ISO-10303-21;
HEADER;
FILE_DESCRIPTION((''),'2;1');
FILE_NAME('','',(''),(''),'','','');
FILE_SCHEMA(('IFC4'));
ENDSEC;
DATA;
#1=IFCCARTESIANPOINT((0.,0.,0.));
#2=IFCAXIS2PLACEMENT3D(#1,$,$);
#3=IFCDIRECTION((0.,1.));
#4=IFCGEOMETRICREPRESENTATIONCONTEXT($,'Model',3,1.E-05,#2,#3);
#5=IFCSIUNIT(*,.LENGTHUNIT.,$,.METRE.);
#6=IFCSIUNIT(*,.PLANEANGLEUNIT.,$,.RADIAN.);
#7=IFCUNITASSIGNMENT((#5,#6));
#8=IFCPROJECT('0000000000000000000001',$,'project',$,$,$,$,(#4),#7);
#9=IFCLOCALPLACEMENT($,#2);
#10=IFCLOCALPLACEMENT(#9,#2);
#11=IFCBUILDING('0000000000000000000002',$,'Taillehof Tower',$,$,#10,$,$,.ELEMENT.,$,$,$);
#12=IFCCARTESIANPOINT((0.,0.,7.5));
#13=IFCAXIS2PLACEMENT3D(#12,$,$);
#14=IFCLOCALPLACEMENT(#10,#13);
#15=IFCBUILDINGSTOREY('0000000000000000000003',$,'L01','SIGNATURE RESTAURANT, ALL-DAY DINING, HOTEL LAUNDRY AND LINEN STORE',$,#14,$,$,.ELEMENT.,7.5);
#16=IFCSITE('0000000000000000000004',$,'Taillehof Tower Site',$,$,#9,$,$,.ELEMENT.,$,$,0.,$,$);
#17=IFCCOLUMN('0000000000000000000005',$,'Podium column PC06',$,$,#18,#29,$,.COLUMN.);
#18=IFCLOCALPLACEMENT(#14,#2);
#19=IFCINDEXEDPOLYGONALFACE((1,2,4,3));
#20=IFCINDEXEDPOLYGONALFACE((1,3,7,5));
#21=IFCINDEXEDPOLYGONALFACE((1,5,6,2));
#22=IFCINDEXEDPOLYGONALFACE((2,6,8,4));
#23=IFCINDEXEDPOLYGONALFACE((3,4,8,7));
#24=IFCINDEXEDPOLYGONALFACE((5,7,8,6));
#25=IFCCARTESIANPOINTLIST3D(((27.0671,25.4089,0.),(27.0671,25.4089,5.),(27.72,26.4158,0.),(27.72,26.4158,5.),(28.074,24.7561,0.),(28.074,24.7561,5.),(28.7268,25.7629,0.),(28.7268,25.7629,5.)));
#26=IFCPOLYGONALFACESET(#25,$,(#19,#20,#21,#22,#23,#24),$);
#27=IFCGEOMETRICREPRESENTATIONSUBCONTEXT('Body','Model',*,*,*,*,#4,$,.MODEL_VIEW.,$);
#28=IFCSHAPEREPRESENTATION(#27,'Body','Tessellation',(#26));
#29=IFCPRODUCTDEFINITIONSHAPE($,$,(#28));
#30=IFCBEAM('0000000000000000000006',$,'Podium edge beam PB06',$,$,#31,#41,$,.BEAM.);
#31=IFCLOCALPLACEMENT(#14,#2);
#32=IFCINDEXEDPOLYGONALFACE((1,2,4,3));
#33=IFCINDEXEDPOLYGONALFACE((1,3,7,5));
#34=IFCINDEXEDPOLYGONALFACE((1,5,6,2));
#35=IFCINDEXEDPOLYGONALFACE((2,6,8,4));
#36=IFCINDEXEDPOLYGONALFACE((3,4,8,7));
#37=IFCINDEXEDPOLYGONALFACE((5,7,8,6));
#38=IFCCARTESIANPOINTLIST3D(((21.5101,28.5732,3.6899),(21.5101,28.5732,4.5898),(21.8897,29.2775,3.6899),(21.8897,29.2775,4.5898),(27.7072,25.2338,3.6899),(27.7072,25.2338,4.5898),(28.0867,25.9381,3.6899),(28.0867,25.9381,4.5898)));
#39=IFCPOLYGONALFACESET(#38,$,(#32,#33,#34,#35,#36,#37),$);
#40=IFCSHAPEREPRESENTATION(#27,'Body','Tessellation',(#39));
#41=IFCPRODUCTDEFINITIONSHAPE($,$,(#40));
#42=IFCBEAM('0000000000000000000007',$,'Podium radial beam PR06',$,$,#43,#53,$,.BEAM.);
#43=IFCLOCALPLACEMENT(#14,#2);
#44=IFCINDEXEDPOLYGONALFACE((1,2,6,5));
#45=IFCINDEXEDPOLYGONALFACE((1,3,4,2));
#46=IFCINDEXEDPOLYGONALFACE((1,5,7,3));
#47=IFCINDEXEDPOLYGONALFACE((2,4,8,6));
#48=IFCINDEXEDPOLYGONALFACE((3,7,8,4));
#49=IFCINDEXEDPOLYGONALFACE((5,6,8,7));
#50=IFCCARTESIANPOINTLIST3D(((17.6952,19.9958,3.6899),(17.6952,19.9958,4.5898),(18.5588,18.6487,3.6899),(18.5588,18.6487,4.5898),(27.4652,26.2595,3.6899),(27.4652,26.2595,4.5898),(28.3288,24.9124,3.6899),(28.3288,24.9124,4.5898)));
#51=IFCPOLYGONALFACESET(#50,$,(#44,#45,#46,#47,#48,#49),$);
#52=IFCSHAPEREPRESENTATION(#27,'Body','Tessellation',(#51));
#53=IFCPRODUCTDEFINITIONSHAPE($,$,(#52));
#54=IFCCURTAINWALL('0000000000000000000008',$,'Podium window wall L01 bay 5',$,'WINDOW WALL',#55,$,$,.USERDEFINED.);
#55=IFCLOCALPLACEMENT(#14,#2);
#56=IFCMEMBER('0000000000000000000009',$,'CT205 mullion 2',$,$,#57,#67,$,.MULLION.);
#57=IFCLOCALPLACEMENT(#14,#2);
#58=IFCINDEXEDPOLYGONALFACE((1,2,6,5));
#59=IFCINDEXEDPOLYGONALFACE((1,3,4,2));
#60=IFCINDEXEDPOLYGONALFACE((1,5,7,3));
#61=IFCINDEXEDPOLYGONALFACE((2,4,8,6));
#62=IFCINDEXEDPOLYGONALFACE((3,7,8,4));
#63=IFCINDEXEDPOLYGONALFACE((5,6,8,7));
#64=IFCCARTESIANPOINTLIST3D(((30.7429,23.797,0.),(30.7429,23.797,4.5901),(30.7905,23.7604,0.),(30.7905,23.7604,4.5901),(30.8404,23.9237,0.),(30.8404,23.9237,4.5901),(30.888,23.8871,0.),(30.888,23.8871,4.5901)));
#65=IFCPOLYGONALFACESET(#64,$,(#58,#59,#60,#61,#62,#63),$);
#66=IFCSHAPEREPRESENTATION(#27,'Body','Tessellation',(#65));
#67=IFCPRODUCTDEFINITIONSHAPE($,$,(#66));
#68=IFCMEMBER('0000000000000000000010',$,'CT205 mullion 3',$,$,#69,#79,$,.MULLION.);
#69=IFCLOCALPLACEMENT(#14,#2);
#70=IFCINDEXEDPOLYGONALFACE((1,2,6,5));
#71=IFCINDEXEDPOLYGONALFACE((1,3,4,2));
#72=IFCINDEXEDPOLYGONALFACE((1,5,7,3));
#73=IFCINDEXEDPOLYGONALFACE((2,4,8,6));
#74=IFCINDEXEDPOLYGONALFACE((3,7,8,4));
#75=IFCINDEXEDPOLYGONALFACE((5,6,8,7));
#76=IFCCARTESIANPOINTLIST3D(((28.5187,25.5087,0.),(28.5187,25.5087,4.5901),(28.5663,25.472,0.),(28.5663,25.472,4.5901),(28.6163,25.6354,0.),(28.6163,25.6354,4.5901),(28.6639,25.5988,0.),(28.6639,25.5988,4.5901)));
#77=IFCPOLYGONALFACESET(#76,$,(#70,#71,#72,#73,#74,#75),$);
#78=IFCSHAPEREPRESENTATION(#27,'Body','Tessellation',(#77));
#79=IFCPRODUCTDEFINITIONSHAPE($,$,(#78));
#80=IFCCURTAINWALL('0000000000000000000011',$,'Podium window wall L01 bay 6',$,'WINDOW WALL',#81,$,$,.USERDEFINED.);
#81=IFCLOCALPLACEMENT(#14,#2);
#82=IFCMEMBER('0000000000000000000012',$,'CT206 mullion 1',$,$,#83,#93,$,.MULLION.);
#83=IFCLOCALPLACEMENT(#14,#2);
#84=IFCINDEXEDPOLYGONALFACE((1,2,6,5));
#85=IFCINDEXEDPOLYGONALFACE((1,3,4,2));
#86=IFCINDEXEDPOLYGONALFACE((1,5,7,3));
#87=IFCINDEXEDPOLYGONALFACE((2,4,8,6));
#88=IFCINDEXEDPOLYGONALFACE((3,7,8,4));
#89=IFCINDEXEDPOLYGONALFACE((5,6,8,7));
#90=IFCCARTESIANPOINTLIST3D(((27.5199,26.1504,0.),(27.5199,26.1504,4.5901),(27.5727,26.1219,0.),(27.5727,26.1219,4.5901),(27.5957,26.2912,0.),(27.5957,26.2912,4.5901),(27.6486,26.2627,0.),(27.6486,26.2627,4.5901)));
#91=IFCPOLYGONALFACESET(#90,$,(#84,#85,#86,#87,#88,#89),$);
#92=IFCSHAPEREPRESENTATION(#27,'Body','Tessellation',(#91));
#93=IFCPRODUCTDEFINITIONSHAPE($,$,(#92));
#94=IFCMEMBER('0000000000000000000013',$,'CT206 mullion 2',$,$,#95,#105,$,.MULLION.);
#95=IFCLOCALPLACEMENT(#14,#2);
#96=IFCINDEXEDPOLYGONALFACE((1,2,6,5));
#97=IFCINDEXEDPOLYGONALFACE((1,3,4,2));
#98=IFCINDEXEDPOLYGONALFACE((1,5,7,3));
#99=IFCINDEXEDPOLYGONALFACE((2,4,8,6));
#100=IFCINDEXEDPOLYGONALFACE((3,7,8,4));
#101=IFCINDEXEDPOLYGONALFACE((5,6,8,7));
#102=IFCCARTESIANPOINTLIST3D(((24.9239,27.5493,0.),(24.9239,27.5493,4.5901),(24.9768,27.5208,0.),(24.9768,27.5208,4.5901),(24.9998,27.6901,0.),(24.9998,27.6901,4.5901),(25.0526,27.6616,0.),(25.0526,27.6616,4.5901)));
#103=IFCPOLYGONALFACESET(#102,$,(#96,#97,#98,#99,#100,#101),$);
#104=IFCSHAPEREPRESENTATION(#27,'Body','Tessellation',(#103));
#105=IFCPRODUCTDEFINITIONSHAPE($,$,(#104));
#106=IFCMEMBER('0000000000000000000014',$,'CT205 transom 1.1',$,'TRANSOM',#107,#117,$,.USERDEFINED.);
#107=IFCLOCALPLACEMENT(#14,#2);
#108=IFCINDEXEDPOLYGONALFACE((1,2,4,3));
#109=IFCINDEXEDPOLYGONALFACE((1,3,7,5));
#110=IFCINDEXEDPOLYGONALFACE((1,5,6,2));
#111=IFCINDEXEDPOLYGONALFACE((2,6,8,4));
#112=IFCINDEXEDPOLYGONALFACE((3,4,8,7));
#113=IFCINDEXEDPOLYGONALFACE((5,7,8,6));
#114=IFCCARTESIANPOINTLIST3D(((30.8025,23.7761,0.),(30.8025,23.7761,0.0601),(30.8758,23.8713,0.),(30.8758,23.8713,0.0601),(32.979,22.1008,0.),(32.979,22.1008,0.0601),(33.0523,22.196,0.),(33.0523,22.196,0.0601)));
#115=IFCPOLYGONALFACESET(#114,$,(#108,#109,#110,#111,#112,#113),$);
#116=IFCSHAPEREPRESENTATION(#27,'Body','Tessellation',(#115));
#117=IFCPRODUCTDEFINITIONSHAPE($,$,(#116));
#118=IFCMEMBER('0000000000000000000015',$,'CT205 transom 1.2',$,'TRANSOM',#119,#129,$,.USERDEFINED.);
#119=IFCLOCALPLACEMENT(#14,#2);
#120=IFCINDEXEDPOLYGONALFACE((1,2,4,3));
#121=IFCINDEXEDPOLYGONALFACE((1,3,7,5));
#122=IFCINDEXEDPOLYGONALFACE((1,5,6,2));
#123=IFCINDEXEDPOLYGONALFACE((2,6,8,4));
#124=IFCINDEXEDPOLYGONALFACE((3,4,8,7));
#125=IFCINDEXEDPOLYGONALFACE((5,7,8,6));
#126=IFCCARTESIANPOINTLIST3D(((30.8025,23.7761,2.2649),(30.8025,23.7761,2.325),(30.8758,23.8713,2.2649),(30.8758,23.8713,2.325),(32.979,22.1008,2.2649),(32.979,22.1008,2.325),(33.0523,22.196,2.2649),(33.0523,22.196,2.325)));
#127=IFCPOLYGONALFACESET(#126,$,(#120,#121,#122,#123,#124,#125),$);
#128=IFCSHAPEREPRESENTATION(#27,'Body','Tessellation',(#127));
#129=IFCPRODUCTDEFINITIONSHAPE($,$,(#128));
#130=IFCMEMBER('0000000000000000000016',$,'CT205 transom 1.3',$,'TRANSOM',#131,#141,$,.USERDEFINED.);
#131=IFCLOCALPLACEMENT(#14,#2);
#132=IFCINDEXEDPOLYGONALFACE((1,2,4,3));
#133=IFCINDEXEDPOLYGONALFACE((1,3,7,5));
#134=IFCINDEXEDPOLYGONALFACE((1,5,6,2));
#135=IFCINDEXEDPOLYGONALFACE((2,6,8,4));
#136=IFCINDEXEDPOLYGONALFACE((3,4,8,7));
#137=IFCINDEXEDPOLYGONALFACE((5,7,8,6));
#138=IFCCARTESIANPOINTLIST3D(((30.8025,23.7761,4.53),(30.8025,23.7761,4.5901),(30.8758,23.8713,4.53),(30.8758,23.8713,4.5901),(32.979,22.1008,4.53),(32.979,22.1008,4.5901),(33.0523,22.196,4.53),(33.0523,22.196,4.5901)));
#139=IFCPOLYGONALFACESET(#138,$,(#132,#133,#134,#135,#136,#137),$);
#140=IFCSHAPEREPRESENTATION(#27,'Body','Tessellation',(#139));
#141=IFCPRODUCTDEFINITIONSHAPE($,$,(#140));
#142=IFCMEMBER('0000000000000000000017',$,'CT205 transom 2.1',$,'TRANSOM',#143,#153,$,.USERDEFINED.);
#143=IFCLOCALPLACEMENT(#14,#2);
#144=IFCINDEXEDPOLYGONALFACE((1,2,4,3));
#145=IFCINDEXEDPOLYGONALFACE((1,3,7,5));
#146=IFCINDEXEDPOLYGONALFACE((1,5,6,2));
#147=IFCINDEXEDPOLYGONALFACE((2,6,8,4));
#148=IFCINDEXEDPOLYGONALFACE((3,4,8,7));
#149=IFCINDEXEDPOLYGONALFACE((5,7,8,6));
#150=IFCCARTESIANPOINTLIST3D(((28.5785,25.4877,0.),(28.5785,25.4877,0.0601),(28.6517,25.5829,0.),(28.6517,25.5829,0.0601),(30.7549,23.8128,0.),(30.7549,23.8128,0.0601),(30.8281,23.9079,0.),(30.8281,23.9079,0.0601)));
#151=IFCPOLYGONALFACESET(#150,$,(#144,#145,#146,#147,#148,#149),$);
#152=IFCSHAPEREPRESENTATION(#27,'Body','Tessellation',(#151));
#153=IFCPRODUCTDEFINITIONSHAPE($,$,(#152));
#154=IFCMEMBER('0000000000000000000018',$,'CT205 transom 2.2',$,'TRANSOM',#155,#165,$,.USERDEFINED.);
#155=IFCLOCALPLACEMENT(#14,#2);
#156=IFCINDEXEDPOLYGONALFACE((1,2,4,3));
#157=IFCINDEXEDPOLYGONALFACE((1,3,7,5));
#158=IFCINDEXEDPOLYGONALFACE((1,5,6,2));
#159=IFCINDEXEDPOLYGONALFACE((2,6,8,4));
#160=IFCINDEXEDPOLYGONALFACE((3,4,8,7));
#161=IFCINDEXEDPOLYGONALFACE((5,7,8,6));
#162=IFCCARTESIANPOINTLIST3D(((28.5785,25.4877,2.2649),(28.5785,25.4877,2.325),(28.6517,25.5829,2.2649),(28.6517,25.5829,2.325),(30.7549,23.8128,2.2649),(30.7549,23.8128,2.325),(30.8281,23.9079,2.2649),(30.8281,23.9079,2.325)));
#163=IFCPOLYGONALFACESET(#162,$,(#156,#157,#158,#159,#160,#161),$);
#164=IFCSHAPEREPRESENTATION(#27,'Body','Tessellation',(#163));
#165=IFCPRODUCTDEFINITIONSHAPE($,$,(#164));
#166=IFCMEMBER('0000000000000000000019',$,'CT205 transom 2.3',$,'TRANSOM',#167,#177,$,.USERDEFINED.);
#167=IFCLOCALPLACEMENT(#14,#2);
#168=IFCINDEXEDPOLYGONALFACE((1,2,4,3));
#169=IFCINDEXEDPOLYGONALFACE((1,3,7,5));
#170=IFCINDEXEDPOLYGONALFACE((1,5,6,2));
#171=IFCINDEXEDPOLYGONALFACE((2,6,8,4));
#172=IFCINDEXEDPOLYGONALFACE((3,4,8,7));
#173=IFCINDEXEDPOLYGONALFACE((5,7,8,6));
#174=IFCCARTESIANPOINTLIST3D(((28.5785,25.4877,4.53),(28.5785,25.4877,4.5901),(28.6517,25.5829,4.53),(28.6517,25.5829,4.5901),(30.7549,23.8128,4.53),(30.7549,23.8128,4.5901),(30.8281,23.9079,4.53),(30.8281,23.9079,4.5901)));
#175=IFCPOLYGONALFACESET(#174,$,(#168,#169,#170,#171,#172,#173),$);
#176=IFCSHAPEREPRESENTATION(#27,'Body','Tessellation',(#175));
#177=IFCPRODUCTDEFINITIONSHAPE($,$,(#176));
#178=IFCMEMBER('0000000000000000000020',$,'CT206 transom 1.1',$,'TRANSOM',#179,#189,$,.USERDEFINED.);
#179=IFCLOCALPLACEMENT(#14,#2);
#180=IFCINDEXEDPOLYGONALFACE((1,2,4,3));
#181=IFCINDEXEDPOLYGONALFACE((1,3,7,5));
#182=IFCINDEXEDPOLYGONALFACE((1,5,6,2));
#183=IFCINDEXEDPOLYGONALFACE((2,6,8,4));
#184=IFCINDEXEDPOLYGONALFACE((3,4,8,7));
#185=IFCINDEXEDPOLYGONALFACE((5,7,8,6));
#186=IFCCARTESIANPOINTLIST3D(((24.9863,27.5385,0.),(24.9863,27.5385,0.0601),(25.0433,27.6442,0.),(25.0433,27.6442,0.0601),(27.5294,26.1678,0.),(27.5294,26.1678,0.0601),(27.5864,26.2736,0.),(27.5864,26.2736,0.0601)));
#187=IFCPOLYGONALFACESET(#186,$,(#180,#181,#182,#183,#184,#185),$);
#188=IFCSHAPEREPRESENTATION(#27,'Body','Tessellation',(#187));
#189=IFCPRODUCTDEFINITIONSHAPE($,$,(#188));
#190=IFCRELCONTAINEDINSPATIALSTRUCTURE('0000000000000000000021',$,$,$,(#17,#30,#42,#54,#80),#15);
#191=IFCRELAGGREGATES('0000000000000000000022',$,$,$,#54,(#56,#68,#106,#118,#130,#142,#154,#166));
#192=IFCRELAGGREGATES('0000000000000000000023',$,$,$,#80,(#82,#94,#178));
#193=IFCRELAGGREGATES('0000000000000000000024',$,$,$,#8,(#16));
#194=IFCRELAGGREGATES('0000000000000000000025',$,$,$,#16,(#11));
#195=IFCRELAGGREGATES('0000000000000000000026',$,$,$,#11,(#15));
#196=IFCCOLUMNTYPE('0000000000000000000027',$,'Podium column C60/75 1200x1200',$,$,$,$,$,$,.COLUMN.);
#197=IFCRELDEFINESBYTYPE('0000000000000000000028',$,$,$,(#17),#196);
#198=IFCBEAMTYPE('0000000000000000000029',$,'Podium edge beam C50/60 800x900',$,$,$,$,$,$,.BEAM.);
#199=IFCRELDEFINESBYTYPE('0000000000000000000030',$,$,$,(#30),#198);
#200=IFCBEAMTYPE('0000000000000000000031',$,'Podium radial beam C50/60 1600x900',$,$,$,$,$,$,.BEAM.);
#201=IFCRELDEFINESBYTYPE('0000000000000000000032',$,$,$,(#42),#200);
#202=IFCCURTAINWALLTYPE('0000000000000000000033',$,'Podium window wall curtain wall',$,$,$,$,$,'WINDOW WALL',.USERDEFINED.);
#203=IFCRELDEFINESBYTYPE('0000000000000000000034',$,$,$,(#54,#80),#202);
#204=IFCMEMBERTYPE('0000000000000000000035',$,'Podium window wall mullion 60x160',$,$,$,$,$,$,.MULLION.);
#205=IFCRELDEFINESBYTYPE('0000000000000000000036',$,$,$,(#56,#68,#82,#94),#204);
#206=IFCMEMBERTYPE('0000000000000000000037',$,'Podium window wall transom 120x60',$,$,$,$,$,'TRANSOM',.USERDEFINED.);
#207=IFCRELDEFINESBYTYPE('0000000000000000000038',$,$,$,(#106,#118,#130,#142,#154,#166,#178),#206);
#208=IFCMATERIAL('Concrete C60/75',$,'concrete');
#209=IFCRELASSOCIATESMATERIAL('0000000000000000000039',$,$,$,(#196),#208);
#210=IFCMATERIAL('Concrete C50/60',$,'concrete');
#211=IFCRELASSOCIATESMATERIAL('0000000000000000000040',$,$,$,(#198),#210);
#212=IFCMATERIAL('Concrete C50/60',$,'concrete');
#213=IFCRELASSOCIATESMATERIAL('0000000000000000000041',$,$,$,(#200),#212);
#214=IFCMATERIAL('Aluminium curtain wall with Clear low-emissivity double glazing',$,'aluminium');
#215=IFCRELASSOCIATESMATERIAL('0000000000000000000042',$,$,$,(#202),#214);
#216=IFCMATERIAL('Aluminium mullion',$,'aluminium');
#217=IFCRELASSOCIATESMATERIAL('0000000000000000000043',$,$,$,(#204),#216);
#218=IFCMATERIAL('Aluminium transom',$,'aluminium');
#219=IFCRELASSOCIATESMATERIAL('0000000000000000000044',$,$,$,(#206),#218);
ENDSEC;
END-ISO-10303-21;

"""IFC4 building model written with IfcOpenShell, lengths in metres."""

from ifc_helpers import new_model, si_unit, direction, frame, origin, origin_2d, place, context, subcontext, project, spatial, rectangle, extrude, material, material_profile, profile_set, type_object, element, aggregate, save


model = new_model("IFC4")

# Units and contexts
model_context = context("Model", 3, precision=1e-05, world=origin(), true_north=direction((0.0, 1.0)))
body_context = subcontext(model_context, "Body", "Model", "MODEL_VIEW")
ifc_project = project(units=[si_unit("LENGTHUNIT", "METRE"), si_unit("PLANEANGLEUNIT", "RADIAN")], contexts=[model_context])

# Site, building, storey
site_placement = place(None, origin())
site = spatial("IfcSite", under=ifc_project, at=site_placement, Name="Taillehof Tower Site", CompositionType="ELEMENT", RefElevation=0.0)
building_placement = place(site_placement, origin())
building = spatial("IfcBuilding", under=site, at=building_placement, Name="Taillehof Tower", CompositionType="ELEMENT")
storey_placement = place(building_placement, frame((0.0, 0.0, 7.5)))
storey = spatial("IfcBuildingStorey", under=building, at=storey_placement, Name="L01", Description="SIGNATURE RESTAURANT, ALL-DAY DINING, HOTEL LAUNDRY AND LINEN STORE", CompositionType="ELEMENT", Elevation=7.5)

# Column
ifc_material_1 = material(Name="Concrete C60/75", Category="concrete")
ifc_material_profile_1 = material_profile(ifc_material_1, rectangle(XDim=1.2, YDim=1.2, at=origin_2d()), Name="RC 1200x1200")
ifc_profile_set_1 = profile_set([ifc_material_profile_1], Name="Concrete C60/75")
column_type = type_object("IfcColumnType", Name="Podium column C60/75 1200x1200", PredefinedType="COLUMN", material=ifc_profile_set_1)
column_placement = place(storey_placement, frame((27.897, 25.5859, 0.0), z_axis=(0.0, 0.0, 1.0), x_axis=(0.544041, 0.839058, 0.0)))
element("IfcColumn", 1, at=column_placement, inside=storey, type_object=column_type, Name="Podium column PC06", PredefinedType="COLUMN", context=body_context, shape_type="SweptSolid", body=[
    extrude(rectangle(XDim=1.2, YDim=1.2, at=origin_2d()), origin(), (0.0, 0.0, 1.0), 5.0),
])

# Beams
ifc_material_2 = material(Name="Concrete C50/60", Category="concrete")
ifc_material_profile_2 = material_profile(ifc_material_2, rectangle(XDim=0.8, YDim=0.8999, at=origin_2d()), Name="RC 800x900")
ifc_profile_set_2 = profile_set([ifc_material_profile_2], Name="Concrete C50/60")
beam_type_1 = type_object("IfcBeamType", Name="Podium edge beam C50/60 800x900", PredefinedType="BEAM", material=ifc_profile_set_2)
beam_1_placement = place(storey_placement, frame((27.897, 25.5859, 4.1399), z_axis=(-0.880323, 0.474375, 0.0), x_axis=(-0.474375, -0.880323, 0.0)))
element("IfcBeam", 2, at=beam_1_placement, inside=storey, type_object=beam_type_1, Name="Podium edge beam PB06", PredefinedType="BEAM", context=body_context, shape_type="SweptSolid", body=[
    extrude(rectangle(XDim=0.8, YDim=0.8999, at=origin_2d()), origin(), (0.0, 0.0, 1.0), 7.0396),
])
ifc_material_3 = material(Name="Concrete C50/60", Category="concrete")
ifc_material_profile_3 = material_profile(ifc_material_3, rectangle(XDim=1.6001, YDim=0.8999, at=origin_2d()), Name="RC 1600x900")
ifc_profile_set_3 = profile_set([ifc_material_profile_3], Name="Concrete C50/60")
beam_type_2 = type_object("IfcBeamType", Name="Podium radial beam C50/60 1600x900", PredefinedType="BEAM", material=ifc_profile_set_3)
beam_2_placement = place(storey_placement, frame((27.897, 25.5859, 4.1399), z_axis=(-0.841846, -0.539717, 0.0), x_axis=(0.539717, -0.841846, 0.0)))
element("IfcBeam", 3, at=beam_2_placement, inside=storey, type_object=beam_type_2, Name="Podium radial beam PR06", PredefinedType="BEAM", context=body_context, shape_type="SweptSolid", body=[
    extrude(rectangle(XDim=1.6001, YDim=0.8999, at=origin_2d()), origin(), (0.0, 0.0, 1.0), 11.6055),
])

# Curtain walls, members
ifc_material_4 = material(Name="Aluminium curtain wall with Clear low-emissivity double glazing", Category="aluminium")
curtain_wall_type = type_object("IfcCurtainWallType", Name="Podium window wall curtain wall", ElementType="WINDOW WALL", PredefinedType="USERDEFINED", material=ifc_material_4)
curtain_wall_1_placement = place(storey_placement, origin())
curtain_wall_1 = element("IfcCurtainWall", 4, at=curtain_wall_1_placement, inside=storey, type_object=curtain_wall_type, Name="Podium window wall L01 bay 5", ObjectType="WINDOW WALL", PredefinedType="USERDEFINED")
ifc_material_5 = material(Name="Aluminium mullion", Category="aluminium")
ifc_material_profile_4 = material_profile(ifc_material_5, rectangle(XDim=0.1599, YDim=0.0601, at=origin_2d()), Name="AL 60x160")
ifc_profile_set_4 = profile_set([ifc_material_profile_4], Name="Aluminium mullion")
member_type_1 = type_object("IfcMemberType", Name="Podium window wall mullion 60x160", PredefinedType="MULLION", material=ifc_profile_set_4)
member_1_placement = place(storey_placement, frame((30.8154, 23.842, 0.0), z_axis=(0.0, 0.0, 1.0), x_axis=(-0.609932, -0.792454, 0.0)))
member_1 = element("IfcMember", 5, at=member_1_placement, type_object=member_type_1, Name="CT205 mullion 2", PredefinedType="MULLION", context=body_context, shape_type="SweptSolid", body=[
    extrude(rectangle(XDim=0.1599, YDim=0.0601, at=origin_2d()), origin(), (0.0, 0.0, 1.0), 4.5901),
])
member_2_placement = place(storey_placement, frame((28.5913, 25.5537, 0.0), z_axis=(0.0, 0.0, 1.0), x_axis=(-0.609932, -0.792454, 0.0)))
member_2 = element("IfcMember", 6, at=member_2_placement, type_object=member_type_1, Name="CT205 mullion 3", PredefinedType="MULLION", context=body_context, shape_type="SweptSolid", body=[
    extrude(rectangle(XDim=0.1599, YDim=0.0601, at=origin_2d()), origin(), (0.0, 0.0, 1.0), 4.5901),
])
curtain_wall_2_placement = place(storey_placement, origin())
curtain_wall_2 = element("IfcCurtainWall", 7, at=curtain_wall_2_placement, inside=storey, type_object=curtain_wall_type, Name="Podium window wall L01 bay 6", ObjectType="WINDOW WALL", PredefinedType="USERDEFINED")
member_3_placement = place(storey_placement, frame((27.5842, 26.2065, 0.0), z_axis=(0.0, 0.0, 1.0), x_axis=(-0.474415, -0.880301, 0.0)))
member_3 = element("IfcMember", 8, at=member_3_placement, type_object=member_type_1, Name="CT206 mullion 1", PredefinedType="MULLION", context=body_context, shape_type="SweptSolid", body=[
    extrude(rectangle(XDim=0.1599, YDim=0.0601, at=origin_2d()), origin(), (0.0, 0.0, 1.0), 4.5901),
])
member_4_placement = place(storey_placement, frame((24.9883, 27.6055, 0.0), z_axis=(0.0, 0.0, 1.0), x_axis=(-0.474415, -0.880301, 0.0)))
member_4 = element("IfcMember", 9, at=member_4_placement, type_object=member_type_1, Name="CT206 mullion 2", PredefinedType="MULLION", context=body_context, shape_type="SweptSolid", body=[
    extrude(rectangle(XDim=0.1599, YDim=0.0601, at=origin_2d()), origin(), (0.0, 0.0, 1.0), 4.5901),
])

# Members
ifc_material_6 = material(Name="Aluminium transom", Category="aluminium")
ifc_material_profile_5 = material_profile(ifc_material_6, rectangle(XDim=0.1201, YDim=0.0601, at=origin_2d()), Name="AL 120x60")
ifc_profile_set_5 = profile_set([ifc_material_profile_5], Name="Aluminium transom")
member_type_2 = type_object("IfcMemberType", Name="Podium window wall transom 120x60", ElementType="TRANSOM", PredefinedType="USERDEFINED", material=ifc_profile_set_5)
member_5_placement = place(storey_placement, frame((33.0156, 22.1484, 0.03), z_axis=(-0.792439, 0.609951, 0.0), x_axis=(-0.609951, -0.792439, 0.0)))
member_5 = element("IfcMember", 10, at=member_5_placement, type_object=member_type_2, Name="CT205 transom 1.1", ObjectType="TRANSOM", PredefinedType="USERDEFINED", context=body_context, shape_type="SweptSolid", body=[
    extrude(rectangle(XDim=0.1201, YDim=0.0601, at=origin_2d()), origin(), (0.0, 0.0, 1.0), 2.7466),
])
member_6_placement = place(storey_placement, frame((33.0156, 22.1484, 2.2949), z_axis=(-0.792439, 0.609951, 0.0), x_axis=(-0.609951, -0.792439, 0.0)))
member_6 = element("IfcMember", 11, at=member_6_placement, type_object=member_type_2, Name="CT205 transom 1.2", ObjectType="TRANSOM", PredefinedType="USERDEFINED", context=body_context, shape_type="SweptSolid", body=[
    extrude(rectangle(XDim=0.1201, YDim=0.0601, at=origin_2d()), origin(), (0.0, 0.0, 1.0), 2.7466),
])
member_7_placement = place(storey_placement, frame((33.0156, 22.1484, 4.5601), z_axis=(-0.792439, 0.609951, 0.0), x_axis=(-0.609951, -0.792439, 0.0)))
member_7 = element("IfcMember", 12, at=member_7_placement, type_object=member_type_2, Name="CT205 transom 1.3", ObjectType="TRANSOM", PredefinedType="USERDEFINED", context=body_context, shape_type="SweptSolid", body=[
    extrude(rectangle(XDim=0.1201, YDim=0.0601, at=origin_2d()), origin(), (0.0, 0.0, 1.0), 2.7466),
])
member_8_placement = place(storey_placement, frame((30.7915, 23.8604, 0.03), z_axis=(-0.792482, 0.609895, 0.0), x_axis=(-0.609895, -0.792482, 0.0)))
member_8 = element("IfcMember", 13, at=member_8_placement, type_object=member_type_2, Name="CT205 transom 2.1", ObjectType="TRANSOM", PredefinedType="USERDEFINED", context=body_context, shape_type="SweptSolid", body=[
    extrude(rectangle(XDim=0.1201, YDim=0.0601, at=origin_2d()), origin(), (0.0, 0.0, 1.0), 2.7463),
])
member_9_placement = place(storey_placement, frame((30.7915, 23.8604, 2.2949), z_axis=(-0.792482, 0.609895, 0.0), x_axis=(-0.609895, -0.792482, 0.0)))
member_9 = element("IfcMember", 14, at=member_9_placement, type_object=member_type_2, Name="CT205 transom 2.2", ObjectType="TRANSOM", PredefinedType="USERDEFINED", context=body_context, shape_type="SweptSolid", body=[
    extrude(rectangle(XDim=0.1201, YDim=0.0601, at=origin_2d()), origin(), (0.0, 0.0, 1.0), 2.7463),
])
member_10_placement = place(storey_placement, frame((30.7915, 23.8604, 4.5601), z_axis=(-0.792482, 0.609895, 0.0), x_axis=(-0.609895, -0.792482, 0.0)))
member_10 = element("IfcMember", 15, at=member_10_placement, type_object=member_type_2, Name="CT205 transom 2.3", ObjectType="TRANSOM", PredefinedType="USERDEFINED", context=body_context, shape_type="SweptSolid", body=[
    extrude(rectangle(XDim=0.1201, YDim=0.0601, at=origin_2d()), origin(), (0.0, 0.0, 1.0), 2.7463),
])
member_11_placement = place(storey_placement, frame((27.5579, 26.2207, 0.03), z_axis=(-0.880281, 0.474453, 0.0), x_axis=(-0.474453, -0.880281, 0.0)))
member_11 = element("IfcMember", 16, at=member_11_placement, type_object=member_type_2, Name="CT206 transom 1.1", ObjectType="TRANSOM", PredefinedType="USERDEFINED", context=body_context, shape_type="SweptSolid", body=[
    extrude(rectangle(XDim=0.1201, YDim=0.0601, at=origin_2d()), origin(), (0.0, 0.0, 1.0), 2.8889),
])

aggregate(curtain_wall_1, [member_1, member_2, member_5, member_6, member_7, member_8, member_9, member_10])
aggregate(curtain_wall_2, [member_3, member_4, member_11])

save(model, "model.ifc")
